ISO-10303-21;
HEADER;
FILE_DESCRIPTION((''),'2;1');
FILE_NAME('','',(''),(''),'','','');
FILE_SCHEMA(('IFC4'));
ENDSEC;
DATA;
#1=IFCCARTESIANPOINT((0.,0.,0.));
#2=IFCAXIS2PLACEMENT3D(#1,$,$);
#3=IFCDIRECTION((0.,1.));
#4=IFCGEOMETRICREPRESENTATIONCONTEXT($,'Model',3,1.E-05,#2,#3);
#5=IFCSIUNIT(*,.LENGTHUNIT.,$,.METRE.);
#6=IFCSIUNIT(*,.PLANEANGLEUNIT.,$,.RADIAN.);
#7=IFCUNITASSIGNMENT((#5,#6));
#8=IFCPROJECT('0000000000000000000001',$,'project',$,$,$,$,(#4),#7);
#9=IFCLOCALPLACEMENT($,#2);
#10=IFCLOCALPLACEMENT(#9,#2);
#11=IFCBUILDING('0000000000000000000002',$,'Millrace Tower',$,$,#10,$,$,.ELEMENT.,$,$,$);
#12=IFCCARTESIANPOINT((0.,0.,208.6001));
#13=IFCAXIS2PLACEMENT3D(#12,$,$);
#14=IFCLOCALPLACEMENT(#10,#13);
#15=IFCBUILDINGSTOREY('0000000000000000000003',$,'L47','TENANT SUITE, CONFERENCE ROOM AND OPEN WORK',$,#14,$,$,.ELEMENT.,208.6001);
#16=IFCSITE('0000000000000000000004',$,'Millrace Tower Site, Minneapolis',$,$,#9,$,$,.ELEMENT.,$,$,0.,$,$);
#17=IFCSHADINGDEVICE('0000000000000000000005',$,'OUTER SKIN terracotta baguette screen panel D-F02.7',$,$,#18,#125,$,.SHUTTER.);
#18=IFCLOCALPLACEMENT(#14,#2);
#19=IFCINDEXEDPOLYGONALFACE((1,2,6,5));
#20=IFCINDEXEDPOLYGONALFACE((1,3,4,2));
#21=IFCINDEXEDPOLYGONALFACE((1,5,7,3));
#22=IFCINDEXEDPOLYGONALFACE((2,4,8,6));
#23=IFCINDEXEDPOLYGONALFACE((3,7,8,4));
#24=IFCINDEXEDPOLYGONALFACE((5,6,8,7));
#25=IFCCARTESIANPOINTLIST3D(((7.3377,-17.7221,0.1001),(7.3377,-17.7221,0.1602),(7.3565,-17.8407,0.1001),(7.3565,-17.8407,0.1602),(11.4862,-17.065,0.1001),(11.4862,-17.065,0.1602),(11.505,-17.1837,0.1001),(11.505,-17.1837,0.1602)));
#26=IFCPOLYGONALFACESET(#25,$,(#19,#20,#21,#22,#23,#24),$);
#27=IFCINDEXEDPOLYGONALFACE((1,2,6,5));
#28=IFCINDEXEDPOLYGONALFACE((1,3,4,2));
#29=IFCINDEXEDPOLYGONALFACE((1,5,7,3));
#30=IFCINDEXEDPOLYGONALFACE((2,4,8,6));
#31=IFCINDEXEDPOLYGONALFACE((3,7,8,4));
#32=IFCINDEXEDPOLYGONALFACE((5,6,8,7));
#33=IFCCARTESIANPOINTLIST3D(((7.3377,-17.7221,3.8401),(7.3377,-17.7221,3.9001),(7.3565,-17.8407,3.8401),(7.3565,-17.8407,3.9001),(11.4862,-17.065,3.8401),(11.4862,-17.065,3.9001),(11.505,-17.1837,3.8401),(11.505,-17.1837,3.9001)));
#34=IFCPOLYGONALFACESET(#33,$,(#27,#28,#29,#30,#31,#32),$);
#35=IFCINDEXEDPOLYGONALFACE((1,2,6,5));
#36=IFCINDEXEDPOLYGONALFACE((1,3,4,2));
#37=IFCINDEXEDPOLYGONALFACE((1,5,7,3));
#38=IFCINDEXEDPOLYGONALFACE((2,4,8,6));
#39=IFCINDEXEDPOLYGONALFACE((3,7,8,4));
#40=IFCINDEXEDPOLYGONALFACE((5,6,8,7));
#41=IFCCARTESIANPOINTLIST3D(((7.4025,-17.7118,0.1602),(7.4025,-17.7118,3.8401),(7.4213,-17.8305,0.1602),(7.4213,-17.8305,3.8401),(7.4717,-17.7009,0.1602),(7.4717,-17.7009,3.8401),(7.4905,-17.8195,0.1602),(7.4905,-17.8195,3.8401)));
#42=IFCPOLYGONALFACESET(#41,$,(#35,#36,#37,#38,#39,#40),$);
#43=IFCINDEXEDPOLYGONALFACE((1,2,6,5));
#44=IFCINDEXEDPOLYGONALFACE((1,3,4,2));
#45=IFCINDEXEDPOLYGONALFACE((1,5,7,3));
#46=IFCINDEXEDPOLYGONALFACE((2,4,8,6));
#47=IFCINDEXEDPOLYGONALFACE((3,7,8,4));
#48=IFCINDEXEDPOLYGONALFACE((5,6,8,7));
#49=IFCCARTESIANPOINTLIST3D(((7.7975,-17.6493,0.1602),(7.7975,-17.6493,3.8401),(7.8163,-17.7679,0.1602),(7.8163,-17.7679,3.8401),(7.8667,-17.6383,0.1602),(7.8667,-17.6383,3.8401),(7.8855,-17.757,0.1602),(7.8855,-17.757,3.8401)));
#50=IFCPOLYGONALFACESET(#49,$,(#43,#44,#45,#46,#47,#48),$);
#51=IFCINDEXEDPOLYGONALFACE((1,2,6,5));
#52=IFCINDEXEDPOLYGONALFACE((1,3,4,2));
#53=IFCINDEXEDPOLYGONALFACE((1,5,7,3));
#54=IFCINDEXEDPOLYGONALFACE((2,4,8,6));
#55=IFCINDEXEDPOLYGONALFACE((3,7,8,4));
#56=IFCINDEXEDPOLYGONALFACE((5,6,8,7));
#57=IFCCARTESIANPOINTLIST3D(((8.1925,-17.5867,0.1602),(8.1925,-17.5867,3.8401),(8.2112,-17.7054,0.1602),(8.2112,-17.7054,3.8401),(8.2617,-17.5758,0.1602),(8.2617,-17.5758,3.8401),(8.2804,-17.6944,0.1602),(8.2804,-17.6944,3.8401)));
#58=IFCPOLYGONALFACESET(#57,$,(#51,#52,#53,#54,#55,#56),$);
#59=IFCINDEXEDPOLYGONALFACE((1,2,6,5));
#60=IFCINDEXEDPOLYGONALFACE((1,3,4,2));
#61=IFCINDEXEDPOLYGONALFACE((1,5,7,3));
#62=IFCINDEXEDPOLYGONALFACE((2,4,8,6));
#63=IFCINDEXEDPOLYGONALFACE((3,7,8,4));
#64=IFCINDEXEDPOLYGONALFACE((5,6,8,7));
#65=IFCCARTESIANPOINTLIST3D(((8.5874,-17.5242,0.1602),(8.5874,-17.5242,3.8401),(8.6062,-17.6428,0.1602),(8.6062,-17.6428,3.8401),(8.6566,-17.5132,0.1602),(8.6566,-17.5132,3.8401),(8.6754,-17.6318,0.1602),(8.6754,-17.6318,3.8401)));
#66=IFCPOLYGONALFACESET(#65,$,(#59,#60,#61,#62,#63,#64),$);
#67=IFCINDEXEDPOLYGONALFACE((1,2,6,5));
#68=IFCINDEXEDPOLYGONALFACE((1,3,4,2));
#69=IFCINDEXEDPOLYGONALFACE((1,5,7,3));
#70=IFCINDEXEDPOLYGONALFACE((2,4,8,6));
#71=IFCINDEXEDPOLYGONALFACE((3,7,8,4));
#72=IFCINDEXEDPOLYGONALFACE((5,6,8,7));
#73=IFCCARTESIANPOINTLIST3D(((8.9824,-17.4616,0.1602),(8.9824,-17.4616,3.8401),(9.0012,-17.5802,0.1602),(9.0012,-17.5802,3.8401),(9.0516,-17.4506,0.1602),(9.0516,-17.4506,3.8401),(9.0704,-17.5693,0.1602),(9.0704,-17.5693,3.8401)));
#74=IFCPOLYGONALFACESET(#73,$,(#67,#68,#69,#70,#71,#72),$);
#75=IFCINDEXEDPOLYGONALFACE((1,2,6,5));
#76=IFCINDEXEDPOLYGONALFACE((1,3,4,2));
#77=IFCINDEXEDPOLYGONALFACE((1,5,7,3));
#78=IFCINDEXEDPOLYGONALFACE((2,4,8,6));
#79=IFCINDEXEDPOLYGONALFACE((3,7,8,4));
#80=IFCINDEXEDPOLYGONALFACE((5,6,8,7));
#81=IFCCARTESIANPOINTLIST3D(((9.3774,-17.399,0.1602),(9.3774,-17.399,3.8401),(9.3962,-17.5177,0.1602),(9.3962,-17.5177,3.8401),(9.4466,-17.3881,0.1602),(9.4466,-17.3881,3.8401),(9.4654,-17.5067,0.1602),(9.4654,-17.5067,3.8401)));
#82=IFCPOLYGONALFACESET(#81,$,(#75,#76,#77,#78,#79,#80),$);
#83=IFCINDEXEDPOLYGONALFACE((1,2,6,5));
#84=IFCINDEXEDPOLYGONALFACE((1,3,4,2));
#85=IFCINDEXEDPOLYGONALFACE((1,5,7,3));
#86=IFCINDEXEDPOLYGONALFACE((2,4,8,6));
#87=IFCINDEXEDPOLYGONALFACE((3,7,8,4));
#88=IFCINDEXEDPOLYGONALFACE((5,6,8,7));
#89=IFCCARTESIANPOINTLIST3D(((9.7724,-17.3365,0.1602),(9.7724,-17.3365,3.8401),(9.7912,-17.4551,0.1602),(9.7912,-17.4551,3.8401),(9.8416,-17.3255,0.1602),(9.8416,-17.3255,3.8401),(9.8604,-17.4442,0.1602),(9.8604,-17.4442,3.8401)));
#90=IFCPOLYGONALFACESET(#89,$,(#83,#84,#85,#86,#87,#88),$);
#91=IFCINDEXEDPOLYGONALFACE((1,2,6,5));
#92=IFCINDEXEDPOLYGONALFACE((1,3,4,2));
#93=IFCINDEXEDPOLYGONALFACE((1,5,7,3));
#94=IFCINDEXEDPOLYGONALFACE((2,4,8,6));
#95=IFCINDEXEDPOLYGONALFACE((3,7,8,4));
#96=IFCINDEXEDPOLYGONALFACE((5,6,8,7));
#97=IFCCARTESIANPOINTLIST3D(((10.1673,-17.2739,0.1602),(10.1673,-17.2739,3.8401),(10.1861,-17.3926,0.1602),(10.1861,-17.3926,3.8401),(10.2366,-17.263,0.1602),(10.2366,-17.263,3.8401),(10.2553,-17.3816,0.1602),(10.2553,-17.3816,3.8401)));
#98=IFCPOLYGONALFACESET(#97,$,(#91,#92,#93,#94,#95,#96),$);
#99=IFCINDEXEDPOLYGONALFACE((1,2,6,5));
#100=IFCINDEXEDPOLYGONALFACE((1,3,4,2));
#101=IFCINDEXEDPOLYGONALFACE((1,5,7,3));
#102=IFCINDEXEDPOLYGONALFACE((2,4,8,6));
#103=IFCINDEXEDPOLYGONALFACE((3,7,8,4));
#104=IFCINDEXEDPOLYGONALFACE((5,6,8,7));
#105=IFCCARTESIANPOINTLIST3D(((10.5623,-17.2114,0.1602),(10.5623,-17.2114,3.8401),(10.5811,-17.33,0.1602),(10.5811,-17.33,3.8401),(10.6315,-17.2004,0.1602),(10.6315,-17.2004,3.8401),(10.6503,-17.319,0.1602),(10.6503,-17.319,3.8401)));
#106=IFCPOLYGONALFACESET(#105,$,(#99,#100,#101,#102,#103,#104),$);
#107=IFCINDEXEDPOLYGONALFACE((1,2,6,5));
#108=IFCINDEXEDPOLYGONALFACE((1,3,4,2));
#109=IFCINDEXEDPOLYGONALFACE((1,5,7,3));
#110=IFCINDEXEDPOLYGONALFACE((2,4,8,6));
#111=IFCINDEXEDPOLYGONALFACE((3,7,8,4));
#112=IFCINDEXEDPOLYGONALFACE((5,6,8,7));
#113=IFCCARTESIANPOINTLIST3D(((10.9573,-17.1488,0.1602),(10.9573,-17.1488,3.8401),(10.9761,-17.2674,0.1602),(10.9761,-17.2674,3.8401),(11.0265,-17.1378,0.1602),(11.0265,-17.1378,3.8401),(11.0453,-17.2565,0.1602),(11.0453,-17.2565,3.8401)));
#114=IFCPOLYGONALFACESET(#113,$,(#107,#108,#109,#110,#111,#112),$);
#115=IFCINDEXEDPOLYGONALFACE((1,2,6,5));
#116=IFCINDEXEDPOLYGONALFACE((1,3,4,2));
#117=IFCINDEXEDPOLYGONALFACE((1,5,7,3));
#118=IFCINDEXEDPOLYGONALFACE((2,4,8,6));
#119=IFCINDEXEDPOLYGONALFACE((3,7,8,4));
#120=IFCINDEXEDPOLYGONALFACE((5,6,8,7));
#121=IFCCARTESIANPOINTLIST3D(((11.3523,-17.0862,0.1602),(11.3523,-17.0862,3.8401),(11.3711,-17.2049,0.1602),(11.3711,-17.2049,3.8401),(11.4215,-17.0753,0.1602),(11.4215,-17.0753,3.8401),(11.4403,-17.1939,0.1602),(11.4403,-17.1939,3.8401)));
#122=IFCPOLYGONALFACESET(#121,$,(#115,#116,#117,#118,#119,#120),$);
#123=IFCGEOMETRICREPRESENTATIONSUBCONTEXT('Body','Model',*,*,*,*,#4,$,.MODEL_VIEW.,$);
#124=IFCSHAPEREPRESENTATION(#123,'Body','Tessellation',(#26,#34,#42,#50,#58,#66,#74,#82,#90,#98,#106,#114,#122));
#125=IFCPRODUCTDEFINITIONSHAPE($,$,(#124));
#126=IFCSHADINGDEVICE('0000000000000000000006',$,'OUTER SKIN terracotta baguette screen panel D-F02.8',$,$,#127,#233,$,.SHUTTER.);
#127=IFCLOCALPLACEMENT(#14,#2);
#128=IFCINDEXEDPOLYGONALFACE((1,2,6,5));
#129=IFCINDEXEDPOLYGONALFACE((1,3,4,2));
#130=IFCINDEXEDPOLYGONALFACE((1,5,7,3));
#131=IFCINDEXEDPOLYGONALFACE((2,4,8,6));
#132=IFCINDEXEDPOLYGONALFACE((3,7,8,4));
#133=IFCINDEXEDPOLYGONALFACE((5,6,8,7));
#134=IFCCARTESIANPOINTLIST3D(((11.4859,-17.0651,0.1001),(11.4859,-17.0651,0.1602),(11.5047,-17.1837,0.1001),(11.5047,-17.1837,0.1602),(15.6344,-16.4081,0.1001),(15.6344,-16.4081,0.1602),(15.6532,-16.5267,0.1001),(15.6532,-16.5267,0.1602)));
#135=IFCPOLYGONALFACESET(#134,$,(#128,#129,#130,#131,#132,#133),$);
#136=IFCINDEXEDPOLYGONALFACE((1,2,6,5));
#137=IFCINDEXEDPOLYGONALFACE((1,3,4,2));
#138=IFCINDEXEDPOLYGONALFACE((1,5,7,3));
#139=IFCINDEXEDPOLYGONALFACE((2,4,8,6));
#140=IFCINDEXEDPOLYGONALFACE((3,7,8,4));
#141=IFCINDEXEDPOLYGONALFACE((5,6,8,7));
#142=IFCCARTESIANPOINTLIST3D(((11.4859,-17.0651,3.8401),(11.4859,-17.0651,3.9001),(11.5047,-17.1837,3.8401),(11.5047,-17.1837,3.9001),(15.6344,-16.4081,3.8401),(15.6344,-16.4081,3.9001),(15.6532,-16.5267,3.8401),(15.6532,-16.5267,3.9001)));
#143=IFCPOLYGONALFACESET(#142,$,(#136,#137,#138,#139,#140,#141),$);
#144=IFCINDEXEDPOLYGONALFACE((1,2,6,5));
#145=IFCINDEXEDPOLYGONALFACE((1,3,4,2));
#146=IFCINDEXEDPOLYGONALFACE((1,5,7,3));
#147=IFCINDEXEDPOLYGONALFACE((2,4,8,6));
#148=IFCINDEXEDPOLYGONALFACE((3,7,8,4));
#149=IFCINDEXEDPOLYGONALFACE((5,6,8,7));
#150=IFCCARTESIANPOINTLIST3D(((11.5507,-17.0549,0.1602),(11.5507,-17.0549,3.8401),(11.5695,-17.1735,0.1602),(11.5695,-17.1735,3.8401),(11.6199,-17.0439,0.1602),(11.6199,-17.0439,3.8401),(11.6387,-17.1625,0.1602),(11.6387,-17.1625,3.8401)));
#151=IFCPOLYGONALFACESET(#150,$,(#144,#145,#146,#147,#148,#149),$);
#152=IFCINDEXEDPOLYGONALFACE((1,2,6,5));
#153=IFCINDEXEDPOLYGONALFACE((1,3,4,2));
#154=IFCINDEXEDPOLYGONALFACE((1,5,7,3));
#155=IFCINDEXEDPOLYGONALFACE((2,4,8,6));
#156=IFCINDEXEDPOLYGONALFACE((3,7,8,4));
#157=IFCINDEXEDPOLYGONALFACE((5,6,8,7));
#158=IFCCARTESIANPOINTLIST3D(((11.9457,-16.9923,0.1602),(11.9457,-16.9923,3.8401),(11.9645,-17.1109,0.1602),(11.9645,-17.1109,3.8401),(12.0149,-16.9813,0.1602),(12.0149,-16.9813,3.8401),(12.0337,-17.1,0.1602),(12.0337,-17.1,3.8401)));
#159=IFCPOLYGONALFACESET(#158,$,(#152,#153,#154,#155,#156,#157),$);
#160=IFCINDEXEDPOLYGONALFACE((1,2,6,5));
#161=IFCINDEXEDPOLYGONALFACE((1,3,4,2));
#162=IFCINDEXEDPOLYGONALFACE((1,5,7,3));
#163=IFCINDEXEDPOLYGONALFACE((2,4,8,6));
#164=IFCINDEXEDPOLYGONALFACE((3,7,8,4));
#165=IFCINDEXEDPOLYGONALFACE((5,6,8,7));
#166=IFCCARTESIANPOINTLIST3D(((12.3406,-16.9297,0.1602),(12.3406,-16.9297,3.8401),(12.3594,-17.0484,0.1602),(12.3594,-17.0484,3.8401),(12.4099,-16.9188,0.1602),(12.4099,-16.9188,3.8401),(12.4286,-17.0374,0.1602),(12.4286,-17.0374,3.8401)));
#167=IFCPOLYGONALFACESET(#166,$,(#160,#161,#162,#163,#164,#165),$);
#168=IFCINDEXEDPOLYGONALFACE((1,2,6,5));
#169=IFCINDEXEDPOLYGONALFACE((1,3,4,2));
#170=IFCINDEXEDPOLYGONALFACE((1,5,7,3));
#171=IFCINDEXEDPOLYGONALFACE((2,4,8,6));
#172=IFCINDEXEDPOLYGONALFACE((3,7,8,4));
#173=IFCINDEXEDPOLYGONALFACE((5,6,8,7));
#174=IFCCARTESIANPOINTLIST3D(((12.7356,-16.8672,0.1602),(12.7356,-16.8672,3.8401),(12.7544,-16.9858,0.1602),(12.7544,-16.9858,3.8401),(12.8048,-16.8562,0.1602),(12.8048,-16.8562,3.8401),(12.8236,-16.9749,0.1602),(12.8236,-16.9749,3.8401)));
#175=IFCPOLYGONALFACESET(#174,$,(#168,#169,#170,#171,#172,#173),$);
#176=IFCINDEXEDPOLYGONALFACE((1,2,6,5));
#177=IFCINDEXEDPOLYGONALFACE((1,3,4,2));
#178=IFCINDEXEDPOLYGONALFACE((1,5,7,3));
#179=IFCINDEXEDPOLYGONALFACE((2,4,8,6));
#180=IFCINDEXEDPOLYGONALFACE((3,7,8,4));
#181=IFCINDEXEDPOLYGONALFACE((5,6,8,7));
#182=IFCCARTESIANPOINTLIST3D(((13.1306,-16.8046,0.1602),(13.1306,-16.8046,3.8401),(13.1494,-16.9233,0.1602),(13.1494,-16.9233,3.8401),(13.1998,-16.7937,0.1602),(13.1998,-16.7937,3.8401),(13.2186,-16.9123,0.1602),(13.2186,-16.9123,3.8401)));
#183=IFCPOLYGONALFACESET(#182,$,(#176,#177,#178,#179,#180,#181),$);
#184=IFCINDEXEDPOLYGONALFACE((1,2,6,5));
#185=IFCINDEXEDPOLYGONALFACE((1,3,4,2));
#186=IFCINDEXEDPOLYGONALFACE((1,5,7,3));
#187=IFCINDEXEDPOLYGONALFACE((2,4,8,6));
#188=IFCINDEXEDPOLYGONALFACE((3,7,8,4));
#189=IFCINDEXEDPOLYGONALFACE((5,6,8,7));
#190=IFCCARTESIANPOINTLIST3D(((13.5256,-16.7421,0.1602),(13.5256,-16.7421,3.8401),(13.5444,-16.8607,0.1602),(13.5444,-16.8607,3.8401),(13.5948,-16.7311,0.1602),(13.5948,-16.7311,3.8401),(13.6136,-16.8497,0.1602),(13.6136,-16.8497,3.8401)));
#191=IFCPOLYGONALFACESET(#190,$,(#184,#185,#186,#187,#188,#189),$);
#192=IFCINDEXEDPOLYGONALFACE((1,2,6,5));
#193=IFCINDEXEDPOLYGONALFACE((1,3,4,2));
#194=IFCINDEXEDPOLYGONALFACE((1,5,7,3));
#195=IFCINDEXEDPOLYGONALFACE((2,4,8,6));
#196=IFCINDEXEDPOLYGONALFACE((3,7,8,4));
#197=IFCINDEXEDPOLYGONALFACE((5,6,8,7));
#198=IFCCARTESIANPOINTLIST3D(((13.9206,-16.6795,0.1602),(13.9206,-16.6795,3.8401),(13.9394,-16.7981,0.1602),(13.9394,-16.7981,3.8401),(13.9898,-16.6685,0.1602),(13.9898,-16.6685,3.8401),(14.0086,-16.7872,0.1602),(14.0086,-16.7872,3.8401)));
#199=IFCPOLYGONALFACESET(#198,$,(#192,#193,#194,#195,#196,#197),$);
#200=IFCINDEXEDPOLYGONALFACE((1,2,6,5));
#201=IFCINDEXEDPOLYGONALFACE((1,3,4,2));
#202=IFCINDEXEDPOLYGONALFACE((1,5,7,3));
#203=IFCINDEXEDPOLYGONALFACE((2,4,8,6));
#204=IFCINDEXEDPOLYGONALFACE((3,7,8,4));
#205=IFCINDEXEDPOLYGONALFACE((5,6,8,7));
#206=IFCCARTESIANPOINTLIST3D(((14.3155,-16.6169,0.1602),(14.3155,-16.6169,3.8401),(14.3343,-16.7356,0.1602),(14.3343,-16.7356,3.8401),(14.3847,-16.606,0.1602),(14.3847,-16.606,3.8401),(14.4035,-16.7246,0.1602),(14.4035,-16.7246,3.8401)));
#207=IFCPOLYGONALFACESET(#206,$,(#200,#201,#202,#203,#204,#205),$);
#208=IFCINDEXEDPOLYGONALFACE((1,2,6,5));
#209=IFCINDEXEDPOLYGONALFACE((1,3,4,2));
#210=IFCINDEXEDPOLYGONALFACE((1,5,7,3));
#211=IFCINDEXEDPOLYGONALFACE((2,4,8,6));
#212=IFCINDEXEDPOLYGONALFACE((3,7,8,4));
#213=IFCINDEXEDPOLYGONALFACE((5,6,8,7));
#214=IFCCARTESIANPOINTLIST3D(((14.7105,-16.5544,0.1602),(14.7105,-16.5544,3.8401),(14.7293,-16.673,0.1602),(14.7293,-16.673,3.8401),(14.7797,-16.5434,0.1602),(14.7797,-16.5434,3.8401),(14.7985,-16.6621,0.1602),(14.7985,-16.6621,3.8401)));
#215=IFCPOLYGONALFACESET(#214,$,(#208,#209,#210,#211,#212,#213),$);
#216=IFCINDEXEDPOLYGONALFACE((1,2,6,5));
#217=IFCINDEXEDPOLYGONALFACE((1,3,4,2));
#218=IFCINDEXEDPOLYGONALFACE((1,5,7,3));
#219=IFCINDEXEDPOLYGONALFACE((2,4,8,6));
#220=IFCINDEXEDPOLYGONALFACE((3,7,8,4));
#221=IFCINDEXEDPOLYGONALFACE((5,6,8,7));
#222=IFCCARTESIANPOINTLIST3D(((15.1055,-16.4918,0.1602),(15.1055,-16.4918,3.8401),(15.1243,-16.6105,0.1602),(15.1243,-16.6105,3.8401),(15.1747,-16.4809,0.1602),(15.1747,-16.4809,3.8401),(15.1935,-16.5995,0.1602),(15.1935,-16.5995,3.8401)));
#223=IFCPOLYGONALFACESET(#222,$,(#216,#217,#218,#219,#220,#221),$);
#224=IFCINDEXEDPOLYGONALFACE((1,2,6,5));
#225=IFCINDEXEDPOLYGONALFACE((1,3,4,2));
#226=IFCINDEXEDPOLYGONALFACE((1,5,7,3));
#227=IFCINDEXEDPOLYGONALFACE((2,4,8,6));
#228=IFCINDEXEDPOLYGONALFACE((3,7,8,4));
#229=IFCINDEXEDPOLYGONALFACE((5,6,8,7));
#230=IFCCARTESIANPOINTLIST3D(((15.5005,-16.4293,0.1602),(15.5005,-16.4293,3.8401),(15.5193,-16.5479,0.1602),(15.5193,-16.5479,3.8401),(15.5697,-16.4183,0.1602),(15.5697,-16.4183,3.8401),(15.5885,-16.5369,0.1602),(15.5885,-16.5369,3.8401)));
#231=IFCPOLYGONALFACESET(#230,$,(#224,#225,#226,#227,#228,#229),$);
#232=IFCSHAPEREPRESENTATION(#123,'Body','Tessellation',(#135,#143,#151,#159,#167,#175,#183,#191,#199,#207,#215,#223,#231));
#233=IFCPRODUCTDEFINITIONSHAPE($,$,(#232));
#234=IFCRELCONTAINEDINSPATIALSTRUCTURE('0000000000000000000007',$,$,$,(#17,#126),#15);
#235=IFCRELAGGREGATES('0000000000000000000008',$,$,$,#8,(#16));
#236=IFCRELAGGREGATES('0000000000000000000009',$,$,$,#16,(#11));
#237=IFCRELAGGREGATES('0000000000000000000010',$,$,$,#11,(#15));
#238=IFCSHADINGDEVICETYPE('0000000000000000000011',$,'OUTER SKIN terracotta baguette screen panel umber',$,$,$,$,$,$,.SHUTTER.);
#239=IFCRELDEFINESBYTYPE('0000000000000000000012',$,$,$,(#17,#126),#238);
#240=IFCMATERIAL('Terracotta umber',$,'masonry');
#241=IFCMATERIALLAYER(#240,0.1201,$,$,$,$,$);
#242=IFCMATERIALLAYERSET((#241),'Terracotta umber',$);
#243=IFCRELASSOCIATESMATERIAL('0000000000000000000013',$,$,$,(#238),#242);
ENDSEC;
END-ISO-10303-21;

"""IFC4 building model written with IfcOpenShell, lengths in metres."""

from ifc_helpers import new_model, entity, si_unit, direction, frame, frame_2d, origin, origin_2d, place, context, subcontext, project, spatial, rectangle, extrude, source, transform, mapped, material, layer, layer_set, type_object, element, save


model = new_model("IFC4")

# Units and contexts
model_context = context("Model", 3, precision=1e-05, world=origin(), true_north=direction((0.0, 1.0)))
body_context = subcontext(model_context, "Body", "Model", "MODEL_VIEW")
ifc_project = project(units=[si_unit("LENGTHUNIT", "METRE"), si_unit("PLANEANGLEUNIT", "RADIAN")], contexts=[model_context])

# Site, building, storey
site_placement = place(None, origin())
site = spatial("IfcSite", under=ifc_project, at=site_placement, Name="Millrace Tower Site, Minneapolis", CompositionType="ELEMENT", RefElevation=0.0)
building_placement = place(site_placement, origin())
building = spatial("IfcBuilding", under=site, at=building_placement, Name="Millrace Tower", CompositionType="ELEMENT")
storey_placement = place(building_placement, frame((0.0, 0.0, 208.6001)))
storey = spatial("IfcBuildingStorey", under=building, at=storey_placement, Name="L47", Description="TENANT SUITE, CONFERENCE ROOM AND OPEN WORK", CompositionType="ELEMENT", Elevation=208.6001)

# Shading devices
ifc_material_1 = material(Name="Terracotta umber", Category="masonry")
ifc_layer_1 = layer(ifc_material_1, 0.1201)
ifc_layer_set_1 = layer_set([ifc_layer_1], Name="Terracotta umber")
shading_device_type = type_object("IfcShadingDeviceType", Name="OUTER SKIN terracotta baguette screen panel umber", PredefinedType="SHUTTER", material=ifc_layer_set_1)
cartesian_point = entity("IfcCartesianPoint", [-2.1001, 0.0601])
shared_polyline = entity("IfcPolyline", [cartesian_point, entity("IfcCartesianPoint", [2.1001, 0.0601]), entity("IfcCartesianPoint", [2.1001, -0.0601]), entity("IfcCartesianPoint", [-2.1001, -0.0601]), cartesian_point])
shared_shape = source(origin(), body_context, "Body", "SweptSolid", [
    entity("IfcExtrudedAreaSolid", entity("IfcArbitraryClosedProfileDef", "AREA", None, shared_polyline), entity("IfcAxis2Placement3D", entity("IfcCartesianPoint", [0.0, 0.0, 0.0])), entity("IfcDirection", [0.0, 0.0, 1.0]), 0.0601),
    entity("IfcExtrudedAreaSolid", entity("IfcArbitraryClosedProfileDef", "AREA", None, shared_polyline), entity("IfcAxis2Placement3D", entity("IfcCartesianPoint", [0.0, 0.0, 3.74])), entity("IfcDirection", [0.0, 0.0, 1.0]), 0.0601),
    extrude(rectangle(XDim=0.0701, YDim=0.1201, at=frame_2d((-1.9995, 0.0))), frame((0.0, 0.0, 0.0601)), (0.0, 0.0, 1.0), 3.6799),
    extrude(rectangle(XDim=0.0701, YDim=0.1201, at=frame_2d((-1.5996, 0.0))), frame((0.0, 0.0, 0.0601)), (0.0, 0.0, 1.0), 3.6799),
    extrude(rectangle(XDim=0.0701, YDim=0.1201, at=frame_2d((-1.1997, 0.0))), frame((0.0, 0.0, 0.0601)), (0.0, 0.0, 1.0), 3.6799),
    extrude(rectangle(XDim=0.0701, YDim=0.1201, at=frame_2d((-0.7998, 0.0))), frame((0.0, 0.0, 0.0601)), (0.0, 0.0, 1.0), 3.6799),
    extrude(rectangle(XDim=0.0701, YDim=0.1201, at=frame_2d((-0.3999, 0.0))), frame((0.0, 0.0, 0.0601)), (0.0, 0.0, 1.0), 3.6799),
    extrude(rectangle(XDim=0.0701, YDim=0.1201, at=origin_2d()), frame((0.0, 0.0, 0.0601)), (0.0, 0.0, 1.0), 3.6799),
    extrude(rectangle(XDim=0.0701, YDim=0.1201, at=frame_2d((0.3999, 0.0))), frame((0.0, 0.0, 0.0601)), (0.0, 0.0, 1.0), 3.6799),
    extrude(rectangle(XDim=0.0701, YDim=0.1201, at=frame_2d((0.7998, 0.0))), frame((0.0, 0.0, 0.0601)), (0.0, 0.0, 1.0), 3.6799),
    extrude(rectangle(XDim=0.0701, YDim=0.1201, at=frame_2d((1.1997, 0.0))), frame((0.0, 0.0, 0.0601)), (0.0, 0.0, 1.0), 3.6799),
    extrude(rectangle(XDim=0.0701, YDim=0.1201, at=frame_2d((1.5996, 0.0))), frame((0.0, 0.0, 0.0601)), (0.0, 0.0, 1.0), 3.6799),
    extrude(rectangle(XDim=0.0701, YDim=0.1201, at=frame_2d((1.9995, 0.0))), frame((0.0, 0.0, 0.0601)), (0.0, 0.0, 1.0), 3.6799),
])
for number, where, z_axis, x_axis, name in (
    (1, (9.4214, -17.4529, 0.1001), (0.0, 0.0, 1.0), (0.987688, 0.156434, 0.0), "OUTER SKIN terracotta baguette screen panel D-F02.7"),
    (2, (13.5696, -16.7959, 0.1001), (0.0, 0.0, 1.0), (0.987688, 0.156434, 0.0), "OUTER SKIN terracotta baguette screen panel D-F02.8"),
):
    element("IfcShadingDevice", number, at=place(storey_placement, frame(where, z_axis=z_axis, x_axis=x_axis)), inside=storey, type_object=shading_device_type, Name=name, PredefinedType="SHUTTER", context=body_context, shape_type="MappedRepresentation", body=[
        mapped(shared_shape, transform((0.0, 0.0, 0.0), scale=1.0)),
    ])

save(model, "model.ifc")
